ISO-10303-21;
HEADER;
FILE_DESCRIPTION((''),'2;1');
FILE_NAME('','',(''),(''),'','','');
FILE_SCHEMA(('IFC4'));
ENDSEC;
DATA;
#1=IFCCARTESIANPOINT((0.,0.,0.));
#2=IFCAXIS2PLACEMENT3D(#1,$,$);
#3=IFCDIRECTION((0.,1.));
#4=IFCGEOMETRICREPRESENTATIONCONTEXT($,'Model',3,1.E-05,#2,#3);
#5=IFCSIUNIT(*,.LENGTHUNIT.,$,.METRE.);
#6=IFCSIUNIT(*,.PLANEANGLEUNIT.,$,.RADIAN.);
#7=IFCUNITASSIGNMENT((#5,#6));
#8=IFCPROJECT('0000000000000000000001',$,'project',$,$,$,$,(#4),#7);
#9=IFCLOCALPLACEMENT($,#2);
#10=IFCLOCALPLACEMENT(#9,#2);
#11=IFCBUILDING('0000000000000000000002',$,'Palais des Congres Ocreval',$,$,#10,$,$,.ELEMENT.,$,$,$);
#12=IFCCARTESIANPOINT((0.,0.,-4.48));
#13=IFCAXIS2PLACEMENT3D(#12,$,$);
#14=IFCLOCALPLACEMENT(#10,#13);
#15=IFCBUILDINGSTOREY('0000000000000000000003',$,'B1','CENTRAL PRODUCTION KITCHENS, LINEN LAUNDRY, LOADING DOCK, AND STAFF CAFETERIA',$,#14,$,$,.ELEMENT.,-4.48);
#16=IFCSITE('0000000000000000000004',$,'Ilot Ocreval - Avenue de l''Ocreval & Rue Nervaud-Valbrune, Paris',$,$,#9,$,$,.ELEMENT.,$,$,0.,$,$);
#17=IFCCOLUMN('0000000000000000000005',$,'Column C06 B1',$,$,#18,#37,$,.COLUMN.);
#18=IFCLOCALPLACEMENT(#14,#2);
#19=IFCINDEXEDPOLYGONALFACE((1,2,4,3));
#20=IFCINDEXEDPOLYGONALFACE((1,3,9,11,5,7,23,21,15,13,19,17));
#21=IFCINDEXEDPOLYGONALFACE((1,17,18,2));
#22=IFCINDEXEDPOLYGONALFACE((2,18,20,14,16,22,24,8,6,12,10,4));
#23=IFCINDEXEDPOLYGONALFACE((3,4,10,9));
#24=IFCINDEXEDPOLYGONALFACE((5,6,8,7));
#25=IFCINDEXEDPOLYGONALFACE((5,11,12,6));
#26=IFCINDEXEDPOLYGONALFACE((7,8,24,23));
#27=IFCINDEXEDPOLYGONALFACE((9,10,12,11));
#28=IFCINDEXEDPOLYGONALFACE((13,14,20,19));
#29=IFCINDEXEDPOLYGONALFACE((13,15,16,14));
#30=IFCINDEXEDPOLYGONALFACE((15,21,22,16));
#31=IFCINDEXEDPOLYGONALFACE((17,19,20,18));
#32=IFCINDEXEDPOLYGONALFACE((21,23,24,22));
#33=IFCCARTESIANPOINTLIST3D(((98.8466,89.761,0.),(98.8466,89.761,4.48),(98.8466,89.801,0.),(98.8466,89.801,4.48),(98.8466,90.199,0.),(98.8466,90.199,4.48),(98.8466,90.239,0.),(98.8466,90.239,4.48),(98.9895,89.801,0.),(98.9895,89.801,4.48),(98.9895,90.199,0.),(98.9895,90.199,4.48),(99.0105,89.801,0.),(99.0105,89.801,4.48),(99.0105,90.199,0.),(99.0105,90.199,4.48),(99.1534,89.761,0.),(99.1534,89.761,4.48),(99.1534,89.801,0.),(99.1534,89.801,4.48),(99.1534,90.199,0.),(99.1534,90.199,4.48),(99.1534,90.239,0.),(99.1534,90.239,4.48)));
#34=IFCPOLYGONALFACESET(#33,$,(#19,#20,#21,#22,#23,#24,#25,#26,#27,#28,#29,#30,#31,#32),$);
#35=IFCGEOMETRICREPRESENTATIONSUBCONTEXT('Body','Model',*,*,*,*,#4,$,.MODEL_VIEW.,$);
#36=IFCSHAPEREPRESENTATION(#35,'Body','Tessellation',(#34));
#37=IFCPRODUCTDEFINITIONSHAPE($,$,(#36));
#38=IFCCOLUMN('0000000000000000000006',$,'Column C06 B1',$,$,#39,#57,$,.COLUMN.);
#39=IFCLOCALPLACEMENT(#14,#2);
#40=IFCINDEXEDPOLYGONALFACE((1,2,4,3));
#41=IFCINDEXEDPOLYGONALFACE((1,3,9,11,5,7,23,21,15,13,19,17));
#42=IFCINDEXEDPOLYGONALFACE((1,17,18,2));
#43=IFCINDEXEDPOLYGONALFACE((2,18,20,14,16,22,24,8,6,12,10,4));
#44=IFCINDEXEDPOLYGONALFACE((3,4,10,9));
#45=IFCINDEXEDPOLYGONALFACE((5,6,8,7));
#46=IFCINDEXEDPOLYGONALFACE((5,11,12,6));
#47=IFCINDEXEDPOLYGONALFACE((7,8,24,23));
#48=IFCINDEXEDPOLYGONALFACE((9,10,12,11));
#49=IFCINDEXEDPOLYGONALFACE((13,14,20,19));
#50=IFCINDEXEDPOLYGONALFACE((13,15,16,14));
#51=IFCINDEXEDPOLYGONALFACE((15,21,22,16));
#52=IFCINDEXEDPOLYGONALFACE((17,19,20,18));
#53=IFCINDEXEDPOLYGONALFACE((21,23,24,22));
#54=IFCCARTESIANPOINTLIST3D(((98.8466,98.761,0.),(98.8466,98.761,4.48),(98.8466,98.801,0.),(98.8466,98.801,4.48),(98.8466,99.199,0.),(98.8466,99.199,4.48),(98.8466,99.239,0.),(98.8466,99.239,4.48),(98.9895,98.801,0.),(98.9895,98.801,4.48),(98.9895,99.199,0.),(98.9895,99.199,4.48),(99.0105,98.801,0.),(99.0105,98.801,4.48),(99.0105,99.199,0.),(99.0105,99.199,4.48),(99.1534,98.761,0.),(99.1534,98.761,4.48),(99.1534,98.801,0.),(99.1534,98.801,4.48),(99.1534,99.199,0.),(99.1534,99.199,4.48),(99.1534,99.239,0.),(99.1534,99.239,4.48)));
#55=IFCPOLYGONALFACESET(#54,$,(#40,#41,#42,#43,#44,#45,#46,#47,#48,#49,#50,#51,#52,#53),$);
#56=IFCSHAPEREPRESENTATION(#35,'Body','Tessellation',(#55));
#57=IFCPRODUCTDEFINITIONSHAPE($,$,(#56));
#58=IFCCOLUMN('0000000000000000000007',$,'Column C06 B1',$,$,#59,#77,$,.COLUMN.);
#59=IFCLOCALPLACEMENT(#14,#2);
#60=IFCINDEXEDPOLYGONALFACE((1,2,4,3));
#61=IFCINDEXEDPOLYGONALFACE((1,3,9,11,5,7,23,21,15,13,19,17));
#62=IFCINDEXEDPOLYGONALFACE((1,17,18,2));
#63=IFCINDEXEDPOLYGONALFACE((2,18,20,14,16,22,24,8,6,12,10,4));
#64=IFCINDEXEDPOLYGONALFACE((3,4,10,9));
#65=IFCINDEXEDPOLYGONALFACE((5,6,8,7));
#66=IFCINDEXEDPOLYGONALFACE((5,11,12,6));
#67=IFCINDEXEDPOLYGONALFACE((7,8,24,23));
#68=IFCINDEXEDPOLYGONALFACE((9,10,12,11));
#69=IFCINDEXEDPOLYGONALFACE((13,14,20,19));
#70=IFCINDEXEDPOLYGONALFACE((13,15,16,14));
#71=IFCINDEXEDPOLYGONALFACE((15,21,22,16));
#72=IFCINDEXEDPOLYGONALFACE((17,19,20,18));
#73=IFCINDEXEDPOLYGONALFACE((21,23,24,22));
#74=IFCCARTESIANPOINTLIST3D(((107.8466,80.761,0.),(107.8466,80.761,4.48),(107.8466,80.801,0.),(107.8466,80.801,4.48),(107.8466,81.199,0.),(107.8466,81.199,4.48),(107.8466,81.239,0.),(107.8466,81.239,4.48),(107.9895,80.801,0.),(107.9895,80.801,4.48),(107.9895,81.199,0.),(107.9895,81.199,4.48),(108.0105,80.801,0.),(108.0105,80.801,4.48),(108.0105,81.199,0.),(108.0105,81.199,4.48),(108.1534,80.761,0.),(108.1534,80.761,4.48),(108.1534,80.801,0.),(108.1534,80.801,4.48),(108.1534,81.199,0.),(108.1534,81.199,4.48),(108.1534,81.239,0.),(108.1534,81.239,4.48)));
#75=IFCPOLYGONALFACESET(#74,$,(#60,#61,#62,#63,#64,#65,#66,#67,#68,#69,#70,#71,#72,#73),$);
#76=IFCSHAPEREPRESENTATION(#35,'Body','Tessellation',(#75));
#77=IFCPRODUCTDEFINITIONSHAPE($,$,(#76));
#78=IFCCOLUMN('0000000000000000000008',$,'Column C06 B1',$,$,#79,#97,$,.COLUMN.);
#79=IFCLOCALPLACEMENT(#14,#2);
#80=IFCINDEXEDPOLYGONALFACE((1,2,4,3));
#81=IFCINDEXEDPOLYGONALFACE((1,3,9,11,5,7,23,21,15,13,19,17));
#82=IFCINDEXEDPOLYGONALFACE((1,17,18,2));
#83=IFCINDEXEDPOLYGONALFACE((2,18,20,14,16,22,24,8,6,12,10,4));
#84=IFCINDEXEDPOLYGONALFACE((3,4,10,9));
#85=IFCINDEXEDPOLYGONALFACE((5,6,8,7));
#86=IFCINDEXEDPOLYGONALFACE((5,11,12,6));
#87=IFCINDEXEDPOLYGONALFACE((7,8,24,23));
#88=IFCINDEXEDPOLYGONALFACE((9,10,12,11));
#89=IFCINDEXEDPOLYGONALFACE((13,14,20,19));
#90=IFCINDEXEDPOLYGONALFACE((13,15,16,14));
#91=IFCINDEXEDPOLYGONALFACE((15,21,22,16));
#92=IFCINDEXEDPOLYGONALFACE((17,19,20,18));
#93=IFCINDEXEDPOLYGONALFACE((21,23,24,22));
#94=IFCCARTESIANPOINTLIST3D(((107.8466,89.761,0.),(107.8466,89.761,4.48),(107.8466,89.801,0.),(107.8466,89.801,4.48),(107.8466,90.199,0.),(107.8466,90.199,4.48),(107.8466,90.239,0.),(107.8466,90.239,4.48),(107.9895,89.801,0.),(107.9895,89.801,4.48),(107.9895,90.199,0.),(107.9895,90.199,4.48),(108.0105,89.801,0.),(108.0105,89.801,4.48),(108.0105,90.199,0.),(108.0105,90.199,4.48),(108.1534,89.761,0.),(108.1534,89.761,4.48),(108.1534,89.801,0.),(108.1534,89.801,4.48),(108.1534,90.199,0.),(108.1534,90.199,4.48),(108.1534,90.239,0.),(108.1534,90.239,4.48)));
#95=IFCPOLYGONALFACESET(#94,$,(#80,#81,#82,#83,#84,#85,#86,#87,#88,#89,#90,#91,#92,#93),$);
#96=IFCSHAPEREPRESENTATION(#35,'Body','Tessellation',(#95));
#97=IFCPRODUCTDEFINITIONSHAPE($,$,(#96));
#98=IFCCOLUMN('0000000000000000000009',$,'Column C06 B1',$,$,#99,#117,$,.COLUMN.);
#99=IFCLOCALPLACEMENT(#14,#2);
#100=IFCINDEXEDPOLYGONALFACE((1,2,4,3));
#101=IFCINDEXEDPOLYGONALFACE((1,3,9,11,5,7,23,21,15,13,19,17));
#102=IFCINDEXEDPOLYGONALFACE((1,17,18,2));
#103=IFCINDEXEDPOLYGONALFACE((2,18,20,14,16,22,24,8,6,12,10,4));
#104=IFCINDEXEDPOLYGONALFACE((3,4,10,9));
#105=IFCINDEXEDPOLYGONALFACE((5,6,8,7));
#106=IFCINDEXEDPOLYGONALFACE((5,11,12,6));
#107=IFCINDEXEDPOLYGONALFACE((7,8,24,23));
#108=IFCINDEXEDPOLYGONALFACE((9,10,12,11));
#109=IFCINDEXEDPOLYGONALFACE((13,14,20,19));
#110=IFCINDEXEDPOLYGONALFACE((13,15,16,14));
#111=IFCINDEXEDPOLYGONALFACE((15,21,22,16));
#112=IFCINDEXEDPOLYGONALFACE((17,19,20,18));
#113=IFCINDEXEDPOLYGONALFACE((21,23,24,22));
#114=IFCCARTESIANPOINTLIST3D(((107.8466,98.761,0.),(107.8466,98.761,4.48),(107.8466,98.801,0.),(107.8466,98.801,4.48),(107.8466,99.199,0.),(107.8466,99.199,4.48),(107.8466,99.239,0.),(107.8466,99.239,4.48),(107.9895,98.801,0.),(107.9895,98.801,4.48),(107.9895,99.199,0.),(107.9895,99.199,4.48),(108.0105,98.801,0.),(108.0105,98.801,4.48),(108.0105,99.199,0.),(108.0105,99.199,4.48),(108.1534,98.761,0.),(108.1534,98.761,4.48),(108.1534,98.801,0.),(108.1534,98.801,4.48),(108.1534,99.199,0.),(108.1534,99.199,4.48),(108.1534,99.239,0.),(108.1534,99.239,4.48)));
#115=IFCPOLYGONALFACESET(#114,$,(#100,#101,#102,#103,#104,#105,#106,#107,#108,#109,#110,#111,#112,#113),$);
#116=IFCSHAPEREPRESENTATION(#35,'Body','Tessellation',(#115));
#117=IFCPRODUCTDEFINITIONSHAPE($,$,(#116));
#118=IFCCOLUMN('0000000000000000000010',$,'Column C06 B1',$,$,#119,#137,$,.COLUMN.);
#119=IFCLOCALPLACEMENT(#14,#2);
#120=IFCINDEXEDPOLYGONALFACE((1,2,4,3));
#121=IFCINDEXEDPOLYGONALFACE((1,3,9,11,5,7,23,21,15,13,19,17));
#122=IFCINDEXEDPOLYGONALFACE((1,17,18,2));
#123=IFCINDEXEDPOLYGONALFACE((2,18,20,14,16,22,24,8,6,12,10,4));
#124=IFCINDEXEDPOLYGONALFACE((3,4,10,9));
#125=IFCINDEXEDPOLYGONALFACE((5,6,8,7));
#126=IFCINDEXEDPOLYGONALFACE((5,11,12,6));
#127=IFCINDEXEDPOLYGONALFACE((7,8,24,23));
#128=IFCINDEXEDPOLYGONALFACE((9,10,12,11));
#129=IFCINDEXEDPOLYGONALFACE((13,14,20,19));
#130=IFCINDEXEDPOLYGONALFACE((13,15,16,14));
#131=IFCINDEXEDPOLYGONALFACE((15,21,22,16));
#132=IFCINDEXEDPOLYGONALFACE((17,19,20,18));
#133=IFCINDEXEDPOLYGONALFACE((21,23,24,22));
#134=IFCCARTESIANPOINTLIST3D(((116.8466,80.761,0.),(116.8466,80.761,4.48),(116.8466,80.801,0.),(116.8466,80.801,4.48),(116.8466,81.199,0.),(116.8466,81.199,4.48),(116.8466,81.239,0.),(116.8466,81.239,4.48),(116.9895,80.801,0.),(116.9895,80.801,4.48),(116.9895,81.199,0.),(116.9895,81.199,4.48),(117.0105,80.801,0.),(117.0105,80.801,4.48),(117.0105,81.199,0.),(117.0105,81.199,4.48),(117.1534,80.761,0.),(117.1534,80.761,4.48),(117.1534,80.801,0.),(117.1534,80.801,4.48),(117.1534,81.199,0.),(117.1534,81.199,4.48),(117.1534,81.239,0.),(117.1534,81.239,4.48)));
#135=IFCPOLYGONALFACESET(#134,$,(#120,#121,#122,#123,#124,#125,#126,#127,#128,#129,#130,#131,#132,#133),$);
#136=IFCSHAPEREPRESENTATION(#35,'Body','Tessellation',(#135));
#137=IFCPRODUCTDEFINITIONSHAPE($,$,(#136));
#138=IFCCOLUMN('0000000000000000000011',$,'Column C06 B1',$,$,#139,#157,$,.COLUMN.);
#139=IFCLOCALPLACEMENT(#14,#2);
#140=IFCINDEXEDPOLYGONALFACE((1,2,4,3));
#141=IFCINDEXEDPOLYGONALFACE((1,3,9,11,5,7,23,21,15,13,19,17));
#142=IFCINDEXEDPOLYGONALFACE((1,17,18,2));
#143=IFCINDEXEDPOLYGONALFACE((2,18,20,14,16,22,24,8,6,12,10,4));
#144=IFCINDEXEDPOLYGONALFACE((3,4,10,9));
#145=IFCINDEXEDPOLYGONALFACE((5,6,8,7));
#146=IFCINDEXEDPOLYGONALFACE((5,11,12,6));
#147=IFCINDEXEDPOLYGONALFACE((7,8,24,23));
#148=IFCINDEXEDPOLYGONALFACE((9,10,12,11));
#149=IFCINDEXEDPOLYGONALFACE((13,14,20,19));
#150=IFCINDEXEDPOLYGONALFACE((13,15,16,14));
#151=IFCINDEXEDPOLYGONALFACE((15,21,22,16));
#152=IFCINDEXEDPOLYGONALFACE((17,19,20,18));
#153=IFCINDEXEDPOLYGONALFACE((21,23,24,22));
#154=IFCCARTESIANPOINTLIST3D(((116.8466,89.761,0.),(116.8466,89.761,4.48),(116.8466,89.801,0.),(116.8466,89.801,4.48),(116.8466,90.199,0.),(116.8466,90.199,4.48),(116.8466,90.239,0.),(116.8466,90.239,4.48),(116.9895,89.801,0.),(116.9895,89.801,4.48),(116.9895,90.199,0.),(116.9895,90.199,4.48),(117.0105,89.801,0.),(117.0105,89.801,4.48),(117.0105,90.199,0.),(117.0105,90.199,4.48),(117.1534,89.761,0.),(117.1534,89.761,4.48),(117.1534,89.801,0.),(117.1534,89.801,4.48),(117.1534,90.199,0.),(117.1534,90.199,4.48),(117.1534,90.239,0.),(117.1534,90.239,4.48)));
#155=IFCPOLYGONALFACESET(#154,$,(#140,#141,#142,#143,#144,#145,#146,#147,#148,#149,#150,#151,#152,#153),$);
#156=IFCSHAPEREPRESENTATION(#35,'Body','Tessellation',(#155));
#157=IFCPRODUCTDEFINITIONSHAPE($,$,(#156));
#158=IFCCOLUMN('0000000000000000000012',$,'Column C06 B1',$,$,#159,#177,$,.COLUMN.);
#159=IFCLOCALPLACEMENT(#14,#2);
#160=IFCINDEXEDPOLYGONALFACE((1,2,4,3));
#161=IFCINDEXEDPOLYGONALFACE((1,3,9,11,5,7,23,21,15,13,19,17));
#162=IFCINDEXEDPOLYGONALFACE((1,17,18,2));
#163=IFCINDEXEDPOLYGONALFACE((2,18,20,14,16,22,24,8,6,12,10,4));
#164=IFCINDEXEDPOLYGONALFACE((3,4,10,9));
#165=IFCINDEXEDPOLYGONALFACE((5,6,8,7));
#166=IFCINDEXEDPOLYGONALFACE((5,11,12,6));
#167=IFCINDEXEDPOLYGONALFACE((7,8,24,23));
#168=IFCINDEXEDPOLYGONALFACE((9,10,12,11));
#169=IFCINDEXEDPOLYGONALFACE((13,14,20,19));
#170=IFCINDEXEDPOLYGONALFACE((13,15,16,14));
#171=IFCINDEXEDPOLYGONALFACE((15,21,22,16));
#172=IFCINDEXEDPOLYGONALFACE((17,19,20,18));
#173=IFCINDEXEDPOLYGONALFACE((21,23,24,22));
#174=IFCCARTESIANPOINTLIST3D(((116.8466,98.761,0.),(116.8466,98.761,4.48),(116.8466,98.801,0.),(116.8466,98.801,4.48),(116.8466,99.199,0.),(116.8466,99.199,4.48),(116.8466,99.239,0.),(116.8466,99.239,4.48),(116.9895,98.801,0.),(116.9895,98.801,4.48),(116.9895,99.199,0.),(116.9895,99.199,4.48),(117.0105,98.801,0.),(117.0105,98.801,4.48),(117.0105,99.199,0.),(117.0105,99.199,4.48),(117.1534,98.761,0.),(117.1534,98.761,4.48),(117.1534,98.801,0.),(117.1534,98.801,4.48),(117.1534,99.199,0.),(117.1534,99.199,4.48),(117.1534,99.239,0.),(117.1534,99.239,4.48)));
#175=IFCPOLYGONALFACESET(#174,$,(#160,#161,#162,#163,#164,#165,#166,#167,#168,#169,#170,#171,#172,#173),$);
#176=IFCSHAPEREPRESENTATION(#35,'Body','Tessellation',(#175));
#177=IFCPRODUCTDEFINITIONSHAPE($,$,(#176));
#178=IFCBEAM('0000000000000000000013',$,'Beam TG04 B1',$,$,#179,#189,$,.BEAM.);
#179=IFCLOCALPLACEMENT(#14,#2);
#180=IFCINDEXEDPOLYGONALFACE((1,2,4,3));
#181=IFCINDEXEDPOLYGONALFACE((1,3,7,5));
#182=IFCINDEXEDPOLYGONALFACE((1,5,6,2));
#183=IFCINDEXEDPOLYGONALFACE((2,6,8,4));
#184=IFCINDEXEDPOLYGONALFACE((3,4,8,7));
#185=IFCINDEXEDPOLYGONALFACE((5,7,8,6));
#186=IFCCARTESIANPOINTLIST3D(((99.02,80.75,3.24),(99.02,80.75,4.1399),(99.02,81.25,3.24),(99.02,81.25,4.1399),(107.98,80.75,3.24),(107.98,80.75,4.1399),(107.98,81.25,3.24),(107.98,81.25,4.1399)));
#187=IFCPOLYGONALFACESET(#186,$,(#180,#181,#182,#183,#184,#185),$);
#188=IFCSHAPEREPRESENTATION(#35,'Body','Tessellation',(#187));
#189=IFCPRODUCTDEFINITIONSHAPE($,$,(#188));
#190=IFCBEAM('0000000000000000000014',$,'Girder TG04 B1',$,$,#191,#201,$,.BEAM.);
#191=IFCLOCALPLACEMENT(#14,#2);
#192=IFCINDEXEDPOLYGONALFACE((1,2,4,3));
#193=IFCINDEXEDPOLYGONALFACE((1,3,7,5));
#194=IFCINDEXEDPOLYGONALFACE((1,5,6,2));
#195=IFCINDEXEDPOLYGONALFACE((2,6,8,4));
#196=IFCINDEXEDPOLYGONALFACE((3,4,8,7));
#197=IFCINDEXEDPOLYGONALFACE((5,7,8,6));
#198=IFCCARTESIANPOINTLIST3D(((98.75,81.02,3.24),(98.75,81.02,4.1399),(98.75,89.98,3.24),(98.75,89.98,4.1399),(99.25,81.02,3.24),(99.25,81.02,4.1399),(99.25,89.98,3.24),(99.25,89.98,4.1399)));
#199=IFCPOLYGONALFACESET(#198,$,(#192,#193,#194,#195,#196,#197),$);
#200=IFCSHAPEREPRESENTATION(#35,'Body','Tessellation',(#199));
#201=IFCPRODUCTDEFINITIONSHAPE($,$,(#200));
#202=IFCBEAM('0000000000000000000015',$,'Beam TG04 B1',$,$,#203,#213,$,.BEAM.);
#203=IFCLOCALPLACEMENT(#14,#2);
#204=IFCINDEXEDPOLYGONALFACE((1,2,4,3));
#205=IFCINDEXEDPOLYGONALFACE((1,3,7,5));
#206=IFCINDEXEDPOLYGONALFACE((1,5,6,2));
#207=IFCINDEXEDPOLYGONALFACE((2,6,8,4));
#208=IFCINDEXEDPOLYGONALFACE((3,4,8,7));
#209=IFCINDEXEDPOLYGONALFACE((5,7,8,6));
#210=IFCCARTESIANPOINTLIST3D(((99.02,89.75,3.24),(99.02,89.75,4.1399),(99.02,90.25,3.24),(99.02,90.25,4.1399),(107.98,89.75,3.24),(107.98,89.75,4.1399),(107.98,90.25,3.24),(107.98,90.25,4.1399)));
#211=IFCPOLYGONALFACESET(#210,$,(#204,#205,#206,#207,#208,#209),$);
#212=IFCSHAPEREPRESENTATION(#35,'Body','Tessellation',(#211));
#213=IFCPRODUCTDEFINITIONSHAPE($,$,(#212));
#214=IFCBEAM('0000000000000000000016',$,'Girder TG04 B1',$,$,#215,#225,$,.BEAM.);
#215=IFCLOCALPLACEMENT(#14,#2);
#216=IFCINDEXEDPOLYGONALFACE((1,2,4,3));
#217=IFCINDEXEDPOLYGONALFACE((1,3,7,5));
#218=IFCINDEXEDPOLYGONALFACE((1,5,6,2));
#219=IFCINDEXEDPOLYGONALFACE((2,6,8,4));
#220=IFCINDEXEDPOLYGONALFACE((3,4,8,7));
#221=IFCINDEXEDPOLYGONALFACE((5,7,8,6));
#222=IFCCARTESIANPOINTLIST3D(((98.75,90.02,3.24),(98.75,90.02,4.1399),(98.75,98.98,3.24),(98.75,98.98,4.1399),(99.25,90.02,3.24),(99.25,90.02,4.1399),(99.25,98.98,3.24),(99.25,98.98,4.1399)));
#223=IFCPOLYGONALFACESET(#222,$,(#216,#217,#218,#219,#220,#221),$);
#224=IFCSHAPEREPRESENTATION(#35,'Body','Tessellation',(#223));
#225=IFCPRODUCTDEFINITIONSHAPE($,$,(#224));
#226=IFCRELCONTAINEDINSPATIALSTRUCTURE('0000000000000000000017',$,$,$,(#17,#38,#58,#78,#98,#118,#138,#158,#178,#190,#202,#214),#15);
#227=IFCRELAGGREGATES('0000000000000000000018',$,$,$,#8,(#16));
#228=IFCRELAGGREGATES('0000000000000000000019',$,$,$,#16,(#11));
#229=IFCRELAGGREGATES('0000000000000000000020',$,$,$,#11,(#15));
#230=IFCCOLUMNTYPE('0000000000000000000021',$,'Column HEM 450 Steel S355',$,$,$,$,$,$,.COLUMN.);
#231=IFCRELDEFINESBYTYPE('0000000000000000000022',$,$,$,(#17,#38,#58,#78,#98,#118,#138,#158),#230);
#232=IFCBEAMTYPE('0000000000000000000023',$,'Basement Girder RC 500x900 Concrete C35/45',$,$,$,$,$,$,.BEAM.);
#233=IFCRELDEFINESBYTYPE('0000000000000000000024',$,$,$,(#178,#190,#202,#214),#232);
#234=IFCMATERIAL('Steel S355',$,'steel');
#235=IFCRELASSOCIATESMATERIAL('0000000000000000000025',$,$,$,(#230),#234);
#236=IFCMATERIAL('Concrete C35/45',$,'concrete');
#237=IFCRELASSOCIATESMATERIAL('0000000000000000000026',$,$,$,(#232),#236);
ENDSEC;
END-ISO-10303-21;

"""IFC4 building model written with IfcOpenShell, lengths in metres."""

from ifc_helpers import new_model, si_unit, direction, frame, origin, origin_2d, place, context, subcontext, project, spatial, rectangle, i_section, extrude, material, material_profile, profile_set, type_object, element, save


model = new_model("IFC4")

# Units and contexts
model_context = context("Model", 3, precision=1e-05, world=origin(), true_north=direction((0.0, 1.0)))
body_context = subcontext(model_context, "Body", "Model", "MODEL_VIEW")
ifc_project = project(units=[si_unit("LENGTHUNIT", "METRE"), si_unit("PLANEANGLEUNIT", "RADIAN")], contexts=[model_context])

# Site, building, storey
site_placement = place(None, origin())
site = spatial("IfcSite", under=ifc_project, at=site_placement, Name="Ilot Ocreval - Avenue de l'Ocreval & Rue Nervaud-Valbrune, Paris", CompositionType="ELEMENT", RefElevation=0.0)
building_placement = place(site_placement, origin())
building = spatial("IfcBuilding", under=site, at=building_placement, Name="Palais des Congres Ocreval", CompositionType="ELEMENT")
storey_placement = place(building_placement, frame((0.0, 0.0, -4.48)))
storey = spatial("IfcBuildingStorey", under=building, at=storey_placement, Name="B1", Description="CENTRAL PRODUCTION KITCHENS, LINEN LAUNDRY, LOADING DOCK, AND STAFF CAFETERIA", CompositionType="ELEMENT", Elevation=-4.48)

# Columns
ifc_material_1 = material(Name="Steel S355", Category="steel")
ifc_material_profile_1 = material_profile(ifc_material_1, i_section(OverallWidth=0.3069, OverallDepth=0.478, WebThickness=0.021, FlangeThickness=0.04, at=origin_2d()), Name="HEM 450")
ifc_profile_set_1 = profile_set([ifc_material_profile_1], Name="Steel S355")
column_type = type_object("IfcColumnType", Name="Column HEM 450 Steel S355", PredefinedType="COLUMN", material=ifc_profile_set_1)
for number, where, z_axis, x_axis, name in (
    (1, (99.0, 90.0, 0.0), (0.0, 0.0, 1.0), (1.0, 0.0, 0.0), "Column C06 B1"),
    (2, (99.0, 99.0, 0.0), (0.0, 0.0, 1.0), (1.0, 0.0, 0.0), "Column C06 B1"),
    (3, (108.0, 81.0, 0.0), (0.0, 0.0, 1.0), (1.0, 0.0, 0.0), "Column C06 B1"),
    (4, (108.0, 90.0, 0.0), (0.0, 0.0, 1.0), (1.0, 0.0, 0.0), "Column C06 B1"),
    (5, (108.0, 99.0, 0.0), (0.0, 0.0, 1.0), (1.0, 0.0, 0.0), "Column C06 B1"),
    (6, (117.0, 81.0, 0.0), (0.0, 0.0, 1.0), (1.0, 0.0, 0.0), "Column C06 B1"),
    (7, (117.0, 90.0, 0.0), (0.0, 0.0, 1.0), (1.0, 0.0, 0.0), "Column C06 B1"),
    (8, (117.0, 99.0, 0.0), (0.0, 0.0, 1.0), (1.0, 0.0, 0.0), "Column C06 B1"),
):
    element("IfcColumn", number, at=place(storey_placement, frame(where, z_axis=z_axis, x_axis=x_axis)), inside=storey, type_object=column_type, Name=name, PredefinedType="COLUMN", context=body_context, shape_type="SweptSolid", body=[
        extrude(i_section(OverallWidth=0.3069, OverallDepth=0.478, WebThickness=0.021, FlangeThickness=0.04, at=origin_2d()), origin(), (0.0, 0.0, 1.0), 4.48),
    ])

# Beams
ifc_material_2 = material(Name="Concrete C35/45", Category="concrete")
ifc_material_profile_2 = material_profile(ifc_material_2, rectangle(XDim=0.5, YDim=0.8999, at=origin_2d()), Name="RC 500x900")
ifc_profile_set_2 = profile_set([ifc_material_profile_2], Name="Concrete C35/45")
beam_type = type_object("IfcBeamType", Name="Basement Girder RC 500x900 Concrete C35/45", PredefinedType="BEAM", material=ifc_profile_set_2)
for number, where, z_axis, x_axis, name in (
    (9, (99.02, 81.0, 3.6899), (1.0, 0.0, 0.0), (0.0, 1.0, 0.0), "Beam TG04 B1"),
    (10, (99.0, 81.02, 3.6899), (0.0, 1.0, 0.0), (-1.0, 0.0, 0.0), "Girder TG04 B1"),
    (11, (99.02, 90.0, 3.6899), (1.0, 0.0, 0.0), (0.0, 1.0, 0.0), "Beam TG04 B1"),
    (12, (99.0, 90.02, 3.6899), (0.0, 1.0, 0.0), (-1.0, 0.0, 0.0), "Girder TG04 B1"),
):
    element("IfcBeam", number, at=place(storey_placement, frame(where, z_axis=z_axis, x_axis=x_axis)), inside=storey, type_object=beam_type, Name=name, PredefinedType="BEAM", context=body_context, shape_type="SweptSolid", body=[
        extrude(rectangle(XDim=0.5, YDim=0.8999, at=origin_2d()), origin(), (0.0, 0.0, 1.0), 8.96),
    ])

save(model, "model.ifc")
